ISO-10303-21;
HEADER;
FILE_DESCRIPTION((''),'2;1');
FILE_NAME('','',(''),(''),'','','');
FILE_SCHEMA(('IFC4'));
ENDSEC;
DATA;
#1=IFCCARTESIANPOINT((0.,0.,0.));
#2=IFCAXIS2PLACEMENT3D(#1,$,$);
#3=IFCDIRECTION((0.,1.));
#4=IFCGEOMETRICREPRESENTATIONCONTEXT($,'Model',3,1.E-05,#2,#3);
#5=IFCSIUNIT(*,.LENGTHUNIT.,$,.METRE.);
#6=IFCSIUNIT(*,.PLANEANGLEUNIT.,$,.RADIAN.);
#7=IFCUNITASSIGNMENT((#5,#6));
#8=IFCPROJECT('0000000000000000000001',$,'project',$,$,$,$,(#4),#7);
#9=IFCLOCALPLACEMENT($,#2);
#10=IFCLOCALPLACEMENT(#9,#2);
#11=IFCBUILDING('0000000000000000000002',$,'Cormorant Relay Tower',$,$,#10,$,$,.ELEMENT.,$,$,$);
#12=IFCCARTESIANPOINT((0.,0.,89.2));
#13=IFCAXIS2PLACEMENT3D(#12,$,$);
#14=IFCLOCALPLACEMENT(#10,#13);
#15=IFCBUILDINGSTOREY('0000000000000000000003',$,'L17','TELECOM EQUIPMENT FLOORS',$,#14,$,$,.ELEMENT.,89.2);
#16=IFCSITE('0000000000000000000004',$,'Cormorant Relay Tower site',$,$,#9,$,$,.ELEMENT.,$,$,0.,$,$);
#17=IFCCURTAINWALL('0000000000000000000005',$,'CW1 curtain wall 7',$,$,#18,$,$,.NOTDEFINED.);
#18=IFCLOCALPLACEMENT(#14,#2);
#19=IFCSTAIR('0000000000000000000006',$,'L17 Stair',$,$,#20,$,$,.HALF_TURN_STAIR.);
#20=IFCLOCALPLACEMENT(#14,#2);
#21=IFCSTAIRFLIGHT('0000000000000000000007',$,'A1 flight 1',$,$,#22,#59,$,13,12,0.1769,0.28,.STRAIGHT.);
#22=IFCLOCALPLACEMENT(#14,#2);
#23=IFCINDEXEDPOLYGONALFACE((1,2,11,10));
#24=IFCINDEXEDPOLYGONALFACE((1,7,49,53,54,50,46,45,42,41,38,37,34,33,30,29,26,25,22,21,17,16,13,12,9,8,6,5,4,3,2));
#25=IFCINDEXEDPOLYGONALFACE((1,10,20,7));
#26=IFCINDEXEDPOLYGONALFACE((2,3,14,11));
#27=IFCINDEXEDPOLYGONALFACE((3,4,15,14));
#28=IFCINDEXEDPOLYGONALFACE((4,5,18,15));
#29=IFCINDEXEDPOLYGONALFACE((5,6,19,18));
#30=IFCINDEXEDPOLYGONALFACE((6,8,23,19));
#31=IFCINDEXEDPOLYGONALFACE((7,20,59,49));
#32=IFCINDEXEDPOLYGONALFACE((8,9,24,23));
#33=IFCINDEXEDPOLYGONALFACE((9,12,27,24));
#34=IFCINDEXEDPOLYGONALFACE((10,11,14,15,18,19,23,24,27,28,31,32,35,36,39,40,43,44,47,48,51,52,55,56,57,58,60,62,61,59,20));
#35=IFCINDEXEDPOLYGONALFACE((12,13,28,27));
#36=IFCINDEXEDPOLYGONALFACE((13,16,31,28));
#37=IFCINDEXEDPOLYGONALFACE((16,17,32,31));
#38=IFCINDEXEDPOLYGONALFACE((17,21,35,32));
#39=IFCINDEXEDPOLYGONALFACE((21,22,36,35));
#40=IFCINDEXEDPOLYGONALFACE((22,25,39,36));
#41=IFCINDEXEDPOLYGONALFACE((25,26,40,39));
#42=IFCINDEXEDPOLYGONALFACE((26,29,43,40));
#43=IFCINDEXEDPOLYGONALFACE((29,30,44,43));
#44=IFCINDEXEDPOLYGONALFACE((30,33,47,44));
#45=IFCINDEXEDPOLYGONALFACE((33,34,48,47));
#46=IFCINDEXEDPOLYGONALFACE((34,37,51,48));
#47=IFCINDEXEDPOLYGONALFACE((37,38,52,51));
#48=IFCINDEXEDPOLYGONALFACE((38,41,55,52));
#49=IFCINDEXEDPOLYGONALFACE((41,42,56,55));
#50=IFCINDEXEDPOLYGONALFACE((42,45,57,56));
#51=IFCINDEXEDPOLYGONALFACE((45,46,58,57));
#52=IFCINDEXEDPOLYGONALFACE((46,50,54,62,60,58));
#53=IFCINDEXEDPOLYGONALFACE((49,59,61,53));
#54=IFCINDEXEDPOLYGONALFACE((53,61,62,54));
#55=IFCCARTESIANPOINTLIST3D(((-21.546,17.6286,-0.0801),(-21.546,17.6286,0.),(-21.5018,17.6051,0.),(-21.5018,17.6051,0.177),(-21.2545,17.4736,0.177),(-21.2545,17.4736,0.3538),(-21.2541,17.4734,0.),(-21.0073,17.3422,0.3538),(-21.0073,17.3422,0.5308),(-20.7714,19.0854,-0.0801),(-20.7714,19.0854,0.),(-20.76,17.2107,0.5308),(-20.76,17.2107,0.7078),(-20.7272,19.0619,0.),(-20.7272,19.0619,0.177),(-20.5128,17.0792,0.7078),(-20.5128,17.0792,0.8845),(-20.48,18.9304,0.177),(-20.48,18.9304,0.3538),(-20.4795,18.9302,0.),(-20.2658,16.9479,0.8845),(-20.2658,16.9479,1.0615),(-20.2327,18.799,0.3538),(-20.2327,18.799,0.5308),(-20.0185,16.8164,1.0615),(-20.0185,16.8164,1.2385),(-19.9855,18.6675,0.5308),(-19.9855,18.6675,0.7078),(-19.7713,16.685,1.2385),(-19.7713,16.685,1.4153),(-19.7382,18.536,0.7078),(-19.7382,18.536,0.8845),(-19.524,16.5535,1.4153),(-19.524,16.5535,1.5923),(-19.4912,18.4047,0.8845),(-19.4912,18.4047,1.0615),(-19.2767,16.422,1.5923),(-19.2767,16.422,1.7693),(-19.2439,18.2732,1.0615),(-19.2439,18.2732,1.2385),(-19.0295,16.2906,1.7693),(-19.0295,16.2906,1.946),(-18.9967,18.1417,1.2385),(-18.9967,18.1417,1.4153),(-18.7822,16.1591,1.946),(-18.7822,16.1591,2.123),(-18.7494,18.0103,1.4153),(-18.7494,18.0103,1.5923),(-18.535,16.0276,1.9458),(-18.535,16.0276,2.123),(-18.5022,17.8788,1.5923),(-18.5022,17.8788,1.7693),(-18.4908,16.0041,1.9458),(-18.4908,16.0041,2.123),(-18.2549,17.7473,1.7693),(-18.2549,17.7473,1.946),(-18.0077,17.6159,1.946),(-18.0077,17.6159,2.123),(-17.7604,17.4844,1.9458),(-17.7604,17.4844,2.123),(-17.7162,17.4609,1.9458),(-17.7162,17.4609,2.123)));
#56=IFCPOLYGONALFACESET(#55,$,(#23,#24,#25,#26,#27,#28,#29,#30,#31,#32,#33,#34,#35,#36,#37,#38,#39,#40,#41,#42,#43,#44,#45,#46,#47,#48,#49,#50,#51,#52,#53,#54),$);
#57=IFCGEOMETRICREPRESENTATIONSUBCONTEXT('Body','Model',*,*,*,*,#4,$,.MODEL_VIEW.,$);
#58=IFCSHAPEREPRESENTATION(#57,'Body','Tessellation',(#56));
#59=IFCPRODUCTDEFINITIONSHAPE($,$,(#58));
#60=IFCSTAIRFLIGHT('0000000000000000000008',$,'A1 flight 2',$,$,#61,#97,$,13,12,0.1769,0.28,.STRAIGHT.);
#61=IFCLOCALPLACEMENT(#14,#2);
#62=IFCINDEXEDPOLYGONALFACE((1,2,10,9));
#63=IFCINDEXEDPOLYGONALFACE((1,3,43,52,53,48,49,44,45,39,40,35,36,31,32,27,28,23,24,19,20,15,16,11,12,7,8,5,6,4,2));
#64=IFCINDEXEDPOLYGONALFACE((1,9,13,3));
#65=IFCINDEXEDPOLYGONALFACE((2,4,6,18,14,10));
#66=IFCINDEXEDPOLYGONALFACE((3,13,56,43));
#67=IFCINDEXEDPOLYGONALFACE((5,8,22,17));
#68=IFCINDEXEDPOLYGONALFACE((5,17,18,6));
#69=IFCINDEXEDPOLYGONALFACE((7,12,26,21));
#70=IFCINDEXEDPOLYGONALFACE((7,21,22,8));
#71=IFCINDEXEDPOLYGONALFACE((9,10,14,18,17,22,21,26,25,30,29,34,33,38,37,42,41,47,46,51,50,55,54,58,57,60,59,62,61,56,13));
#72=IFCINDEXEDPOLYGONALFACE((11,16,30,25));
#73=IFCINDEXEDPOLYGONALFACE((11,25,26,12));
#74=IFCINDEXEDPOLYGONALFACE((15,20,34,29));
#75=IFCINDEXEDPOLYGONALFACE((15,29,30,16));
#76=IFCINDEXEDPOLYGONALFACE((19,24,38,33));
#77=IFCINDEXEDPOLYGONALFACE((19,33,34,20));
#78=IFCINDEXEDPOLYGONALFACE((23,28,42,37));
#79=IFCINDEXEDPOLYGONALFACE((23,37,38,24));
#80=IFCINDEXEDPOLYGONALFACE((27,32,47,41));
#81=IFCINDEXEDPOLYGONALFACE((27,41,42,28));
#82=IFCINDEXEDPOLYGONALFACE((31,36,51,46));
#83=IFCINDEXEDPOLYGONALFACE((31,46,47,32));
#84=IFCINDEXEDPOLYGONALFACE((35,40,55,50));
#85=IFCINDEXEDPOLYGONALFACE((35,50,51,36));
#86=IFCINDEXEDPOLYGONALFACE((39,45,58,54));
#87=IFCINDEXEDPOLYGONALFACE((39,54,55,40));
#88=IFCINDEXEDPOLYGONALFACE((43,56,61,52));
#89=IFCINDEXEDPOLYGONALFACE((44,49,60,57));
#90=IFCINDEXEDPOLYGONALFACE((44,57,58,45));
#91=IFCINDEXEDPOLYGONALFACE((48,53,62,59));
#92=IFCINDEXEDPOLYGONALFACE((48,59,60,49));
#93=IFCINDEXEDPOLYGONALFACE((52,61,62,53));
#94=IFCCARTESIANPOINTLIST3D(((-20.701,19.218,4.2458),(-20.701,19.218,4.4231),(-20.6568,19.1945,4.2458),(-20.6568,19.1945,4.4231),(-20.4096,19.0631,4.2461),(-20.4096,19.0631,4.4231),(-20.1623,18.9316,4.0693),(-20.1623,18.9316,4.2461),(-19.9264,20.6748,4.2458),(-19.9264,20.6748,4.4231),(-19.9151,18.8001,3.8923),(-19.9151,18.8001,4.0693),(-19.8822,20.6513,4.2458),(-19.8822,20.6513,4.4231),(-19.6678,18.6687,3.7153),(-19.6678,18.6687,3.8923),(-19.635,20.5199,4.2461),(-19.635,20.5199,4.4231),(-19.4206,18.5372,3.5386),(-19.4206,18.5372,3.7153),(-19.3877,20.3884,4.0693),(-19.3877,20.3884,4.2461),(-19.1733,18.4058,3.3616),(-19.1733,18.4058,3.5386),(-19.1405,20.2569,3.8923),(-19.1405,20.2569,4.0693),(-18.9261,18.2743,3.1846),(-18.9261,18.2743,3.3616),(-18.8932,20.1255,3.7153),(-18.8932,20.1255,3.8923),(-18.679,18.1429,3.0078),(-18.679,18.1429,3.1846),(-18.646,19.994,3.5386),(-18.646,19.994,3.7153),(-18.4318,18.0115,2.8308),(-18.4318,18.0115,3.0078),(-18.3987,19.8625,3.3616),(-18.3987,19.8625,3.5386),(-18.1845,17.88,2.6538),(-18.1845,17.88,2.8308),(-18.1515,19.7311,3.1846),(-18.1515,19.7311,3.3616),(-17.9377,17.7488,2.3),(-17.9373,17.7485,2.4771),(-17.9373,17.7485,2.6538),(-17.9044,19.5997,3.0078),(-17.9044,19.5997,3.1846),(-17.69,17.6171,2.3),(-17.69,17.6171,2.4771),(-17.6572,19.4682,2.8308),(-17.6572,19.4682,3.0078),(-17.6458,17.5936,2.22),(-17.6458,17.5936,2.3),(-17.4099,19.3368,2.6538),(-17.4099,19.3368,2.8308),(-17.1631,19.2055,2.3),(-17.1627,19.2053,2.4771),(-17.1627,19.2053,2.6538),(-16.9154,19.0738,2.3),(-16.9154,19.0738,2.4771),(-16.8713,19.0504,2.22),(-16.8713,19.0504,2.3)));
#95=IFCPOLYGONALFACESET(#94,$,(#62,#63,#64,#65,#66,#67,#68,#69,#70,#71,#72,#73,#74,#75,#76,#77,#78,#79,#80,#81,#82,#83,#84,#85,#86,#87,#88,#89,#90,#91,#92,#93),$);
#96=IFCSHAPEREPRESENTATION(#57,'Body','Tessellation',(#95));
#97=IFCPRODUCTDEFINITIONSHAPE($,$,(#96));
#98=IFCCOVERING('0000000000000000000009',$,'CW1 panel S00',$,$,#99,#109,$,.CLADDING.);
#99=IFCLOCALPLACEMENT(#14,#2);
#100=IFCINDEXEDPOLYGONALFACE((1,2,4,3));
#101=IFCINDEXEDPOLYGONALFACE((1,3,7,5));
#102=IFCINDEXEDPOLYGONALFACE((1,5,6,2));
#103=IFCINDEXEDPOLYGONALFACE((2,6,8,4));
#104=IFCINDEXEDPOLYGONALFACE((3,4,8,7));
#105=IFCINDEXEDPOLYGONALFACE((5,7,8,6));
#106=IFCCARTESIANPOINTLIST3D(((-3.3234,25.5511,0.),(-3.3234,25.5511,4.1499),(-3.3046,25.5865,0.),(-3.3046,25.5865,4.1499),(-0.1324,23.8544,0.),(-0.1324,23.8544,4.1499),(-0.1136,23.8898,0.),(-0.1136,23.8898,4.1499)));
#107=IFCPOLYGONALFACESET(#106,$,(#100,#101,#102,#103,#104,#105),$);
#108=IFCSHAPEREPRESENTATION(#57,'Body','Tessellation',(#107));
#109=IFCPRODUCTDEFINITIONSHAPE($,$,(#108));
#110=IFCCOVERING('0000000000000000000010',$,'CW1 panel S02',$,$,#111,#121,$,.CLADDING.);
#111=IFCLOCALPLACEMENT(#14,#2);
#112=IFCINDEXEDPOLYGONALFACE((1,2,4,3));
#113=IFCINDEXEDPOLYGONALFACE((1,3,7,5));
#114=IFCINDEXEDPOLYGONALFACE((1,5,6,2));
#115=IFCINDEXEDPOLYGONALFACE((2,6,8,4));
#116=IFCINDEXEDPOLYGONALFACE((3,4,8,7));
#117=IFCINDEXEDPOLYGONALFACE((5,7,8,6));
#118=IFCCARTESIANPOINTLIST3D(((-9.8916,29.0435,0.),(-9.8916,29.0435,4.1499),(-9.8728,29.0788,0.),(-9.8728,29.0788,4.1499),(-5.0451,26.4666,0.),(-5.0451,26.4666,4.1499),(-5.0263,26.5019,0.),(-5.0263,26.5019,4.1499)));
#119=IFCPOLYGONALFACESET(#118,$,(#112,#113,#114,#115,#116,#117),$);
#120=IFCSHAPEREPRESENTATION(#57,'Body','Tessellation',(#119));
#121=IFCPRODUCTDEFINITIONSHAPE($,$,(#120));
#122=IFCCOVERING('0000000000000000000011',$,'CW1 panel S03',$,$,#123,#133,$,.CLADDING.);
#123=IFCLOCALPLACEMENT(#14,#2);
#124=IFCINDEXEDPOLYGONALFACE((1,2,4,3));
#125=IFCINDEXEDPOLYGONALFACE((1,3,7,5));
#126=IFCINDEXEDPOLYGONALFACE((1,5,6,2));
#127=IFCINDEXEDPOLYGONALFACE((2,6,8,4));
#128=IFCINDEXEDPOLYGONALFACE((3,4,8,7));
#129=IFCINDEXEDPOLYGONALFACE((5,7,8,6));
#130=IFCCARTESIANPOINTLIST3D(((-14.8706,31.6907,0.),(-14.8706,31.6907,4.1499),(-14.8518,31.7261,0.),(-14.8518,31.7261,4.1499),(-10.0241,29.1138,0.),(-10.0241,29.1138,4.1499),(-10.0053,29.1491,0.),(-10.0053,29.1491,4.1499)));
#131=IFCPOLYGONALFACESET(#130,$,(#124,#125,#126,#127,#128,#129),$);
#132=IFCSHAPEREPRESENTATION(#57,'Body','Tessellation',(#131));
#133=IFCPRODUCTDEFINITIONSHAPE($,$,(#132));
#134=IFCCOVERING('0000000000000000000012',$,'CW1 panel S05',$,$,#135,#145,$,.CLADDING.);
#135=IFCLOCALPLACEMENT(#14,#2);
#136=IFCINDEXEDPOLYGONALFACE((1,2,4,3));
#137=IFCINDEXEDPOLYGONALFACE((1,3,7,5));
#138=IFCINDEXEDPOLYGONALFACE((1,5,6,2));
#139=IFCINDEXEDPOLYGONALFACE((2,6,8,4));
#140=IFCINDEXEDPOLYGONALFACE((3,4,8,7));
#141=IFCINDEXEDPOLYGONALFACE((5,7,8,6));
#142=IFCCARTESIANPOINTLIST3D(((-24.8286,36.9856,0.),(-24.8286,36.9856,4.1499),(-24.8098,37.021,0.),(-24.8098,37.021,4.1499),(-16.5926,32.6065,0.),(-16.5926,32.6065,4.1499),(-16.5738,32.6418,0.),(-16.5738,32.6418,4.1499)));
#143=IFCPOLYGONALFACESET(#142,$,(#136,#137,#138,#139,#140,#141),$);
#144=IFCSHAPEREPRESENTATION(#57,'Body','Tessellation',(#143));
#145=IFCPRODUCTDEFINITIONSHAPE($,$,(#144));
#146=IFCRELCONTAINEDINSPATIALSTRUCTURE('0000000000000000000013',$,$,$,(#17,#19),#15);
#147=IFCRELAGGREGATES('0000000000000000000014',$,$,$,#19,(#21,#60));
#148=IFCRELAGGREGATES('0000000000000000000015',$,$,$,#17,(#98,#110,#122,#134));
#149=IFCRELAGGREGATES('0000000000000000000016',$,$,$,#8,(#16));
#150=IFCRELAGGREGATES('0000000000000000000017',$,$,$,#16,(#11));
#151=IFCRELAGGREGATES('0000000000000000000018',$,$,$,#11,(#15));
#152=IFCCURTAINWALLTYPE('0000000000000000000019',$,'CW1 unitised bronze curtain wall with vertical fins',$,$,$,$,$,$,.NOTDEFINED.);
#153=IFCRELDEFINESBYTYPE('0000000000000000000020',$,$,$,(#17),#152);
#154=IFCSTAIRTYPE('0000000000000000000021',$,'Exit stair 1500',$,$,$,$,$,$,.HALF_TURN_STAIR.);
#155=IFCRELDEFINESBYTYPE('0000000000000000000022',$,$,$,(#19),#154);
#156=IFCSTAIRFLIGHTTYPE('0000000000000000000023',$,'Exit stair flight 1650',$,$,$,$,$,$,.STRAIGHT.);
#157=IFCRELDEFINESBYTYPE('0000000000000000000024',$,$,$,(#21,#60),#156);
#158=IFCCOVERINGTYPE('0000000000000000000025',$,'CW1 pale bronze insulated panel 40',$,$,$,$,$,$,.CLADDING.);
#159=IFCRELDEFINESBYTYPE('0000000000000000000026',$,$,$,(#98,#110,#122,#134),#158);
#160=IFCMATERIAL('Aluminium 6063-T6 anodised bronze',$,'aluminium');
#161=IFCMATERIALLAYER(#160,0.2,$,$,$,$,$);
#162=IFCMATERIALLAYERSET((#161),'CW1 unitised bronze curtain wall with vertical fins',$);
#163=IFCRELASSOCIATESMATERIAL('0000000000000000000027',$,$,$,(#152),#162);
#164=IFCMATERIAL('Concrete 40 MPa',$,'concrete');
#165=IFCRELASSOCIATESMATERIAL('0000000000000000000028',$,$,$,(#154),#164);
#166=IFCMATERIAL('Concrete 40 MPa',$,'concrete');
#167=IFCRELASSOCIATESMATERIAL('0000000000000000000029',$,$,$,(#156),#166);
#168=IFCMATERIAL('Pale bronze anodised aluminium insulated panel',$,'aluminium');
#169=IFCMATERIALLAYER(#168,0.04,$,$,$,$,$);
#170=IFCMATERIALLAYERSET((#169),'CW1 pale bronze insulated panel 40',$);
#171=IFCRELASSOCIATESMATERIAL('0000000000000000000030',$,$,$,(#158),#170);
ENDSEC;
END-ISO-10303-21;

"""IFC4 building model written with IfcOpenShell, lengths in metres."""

from ifc_helpers import new_model, si_unit, direction, frame, origin, origin_2d, place, context, subcontext, project, spatial, polyline, rectangle, outline, extrude, material, layer, layer_set, type_object, element, aggregate, save


model = new_model("IFC4")

# Units and contexts
model_context = context("Model", 3, precision=1e-05, world=origin(), true_north=direction((0.0, 1.0)))
body_context = subcontext(model_context, "Body", "Model", "MODEL_VIEW")
ifc_project = project(units=[si_unit("LENGTHUNIT", "METRE"), si_unit("PLANEANGLEUNIT", "RADIAN")], contexts=[model_context])

# Site, building, storey
site_placement = place(None, origin())
site = spatial("IfcSite", under=ifc_project, at=site_placement, Name="Cormorant Relay Tower site", CompositionType="ELEMENT", RefElevation=0.0)
building_placement = place(site_placement, origin())
building = spatial("IfcBuilding", under=site, at=building_placement, Name="Cormorant Relay Tower", CompositionType="ELEMENT")
storey_placement = place(building_placement, frame((0.0, 0.0, 89.2)))
storey = spatial("IfcBuildingStorey", under=building, at=storey_placement, Name="L17", Description="TELECOM EQUIPMENT FLOORS", CompositionType="ELEMENT", Elevation=89.2)

# Curtain wall
ifc_material_1 = material(Name="Aluminium 6063-T6 anodised bronze", Category="aluminium")
ifc_layer_1 = layer(ifc_material_1, 0.2)
ifc_layer_set_1 = layer_set([ifc_layer_1], Name="CW1 unitised bronze curtain wall with vertical fins")
curtain_wall_type = type_object("IfcCurtainWallType", Name="CW1 unitised bronze curtain wall with vertical fins", PredefinedType="NOTDEFINED", material=ifc_layer_set_1)
curtain_wall_placement = place(storey_placement, origin())
curtain_wall = element("IfcCurtainWall", 1, at=curtain_wall_placement, inside=storey, type_object=curtain_wall_type, Name="CW1 curtain wall 7", PredefinedType="NOTDEFINED")

# Stair, stair flights
ifc_material_2 = material(Name="Concrete 40 MPa", Category="concrete")
stair_type = type_object("IfcStairType", Name="Exit stair 1500", PredefinedType="HALF_TURN_STAIR", material=ifc_material_2)
stair_placement = place(storey_placement, origin())
stair = element("IfcStair", 2, at=stair_placement, inside=storey, type_object=stair_type, Name="L17 Stair", PredefinedType="HALF_TURN_STAIR")
ifc_material_3 = material(Name="Concrete 40 MPa", Category="concrete")
stair_flight_type = type_object("IfcStairFlightType", Name="Exit stair flight 1650", PredefinedType="STRAIGHT", material=ifc_material_3)
stair_flight_1_placement = place(storey_placement, frame((-21.1145, 18.3335, 0.0), z_axis=(0.0, 0.0, 1.0), x_axis=(0.882948, -0.469472, 0.0)))
stair_flight_1 = element("IfcStairFlight", 3, at=stair_flight_1_placement, type_object=stair_flight_type, Name="A1 flight 1", NumberOfRisers=13, NumberOfTreads=12, PredefinedType="STRAIGHT", RiserHeight=0.1769, TreadLength=0.28, context=body_context, shape_type="SweptSolid", body=[
    extrude(outline(polyline([(-0.05, -0.0801), (-0.05, 0.0), (0.0, 0.0), (0.0, 0.177), (0.28, 0.177), (0.28, 0.3538), (0.5601, 0.3538), (0.5601, 0.5308), (0.8401, 0.5308), (0.8401, 0.7078), (1.1201, 0.7078), (1.1201, 0.8845), (1.3999, 0.8845), (1.3999, 1.0615), (1.6799, 1.0615), (1.6799, 1.2385), (1.96, 1.2385), (1.96, 1.4153), (2.24, 1.4153), (2.24, 1.5923), (2.52, 1.5923), (2.52, 1.7693), (2.8, 1.7693), (2.8, 1.946), (3.0801, 1.946), (3.0801, 2.123), (3.3601, 2.123), (3.4102, 2.123), (3.4102, 1.9458), (3.3601, 1.9458), (0.2805, 0.0), (-0.05, -0.0801)])), frame((0.0, 0.825, 0.0), z_axis=(0.0, -1.0, 0.0), x_axis=(1.0, 0.0, 0.0)), (0.0, 0.0, 1.0), 1.6499),
])
stair_flight_2_placement = place(storey_placement, frame((-17.3027, 18.3455, 2.3), z_axis=(0.0, 0.0, 1.0), x_axis=(-0.882948, 0.469472, 0.0)))
stair_flight_2 = element("IfcStairFlight", 4, at=stair_flight_2_placement, type_object=stair_flight_type, Name="A1 flight 2", NumberOfRisers=13, NumberOfTreads=12, PredefinedType="STRAIGHT", RiserHeight=0.1769, TreadLength=0.28, context=body_context, shape_type="SweptSolid", body=[
    extrude(outline(polyline([(-0.05, -0.0801), (-0.05, 0.0), (0.0, 0.0), (0.0, 0.177), (0.28, 0.177), (0.28, 0.3538), (0.5601, 0.3538), (0.5601, 0.5308), (0.8401, 0.5308), (0.8401, 0.7078), (1.1201, 0.7078), (1.1201, 0.8845), (1.3999, 0.8845), (1.3999, 1.0615), (1.6799, 1.0615), (1.6799, 1.2385), (1.96, 1.2385), (1.96, 1.4153), (2.24, 1.4153), (2.24, 1.5923), (2.52, 1.5923), (2.52, 1.7693), (2.8, 1.7693), (2.8, 1.946), (3.0801, 1.946), (3.0801, 2.123), (3.3601, 2.123), (3.4102, 2.123), (3.4102, 1.9458), (3.3601, 1.9458), (0.2805, 0.0), (-0.05, -0.0801)])), frame((0.0, 0.825, 0.0), z_axis=(0.0, -1.0, 0.0), x_axis=(1.0, 0.0, 0.0)), (0.0, 0.0, 1.0), 1.6499),
])
aggregate(stair, [stair_flight_1, stair_flight_2])

# Coverings
ifc_material_4 = material(Name="Pale bronze anodised aluminium insulated panel", Category="aluminium")
ifc_layer_2 = layer(ifc_material_4, 0.04)
ifc_layer_set_2 = layer_set([ifc_layer_2], Name="CW1 pale bronze insulated panel 40")
covering_type = type_object("IfcCoveringType", Name="CW1 pale bronze insulated panel 40", PredefinedType="CLADDING", material=ifc_layer_set_2)
covering_1_placement = place(storey_placement, frame((-1.7185, 24.7205, 0.0), z_axis=(0.0, 0.0, 1.0), x_axis=(-0.882948, 0.469472, 0.0)))
covering_1 = element("IfcCovering", 5, at=covering_1_placement, type_object=covering_type, Name="CW1 panel S00", PredefinedType="CLADDING", context=body_context, shape_type="SweptSolid", body=[
    extrude(rectangle(XDim=3.614, YDim=0.04, at=origin_2d()), origin(), (0.0, 0.0, 1.0), 4.1499),
])
covering_2_placement = place(storey_placement, frame((-7.459, 27.7727, 0.0), z_axis=(0.0, 0.0, 1.0), x_axis=(-0.882948, 0.469472, 0.0)))
covering_2 = element("IfcCovering", 6, at=covering_2_placement, type_object=covering_type, Name="CW1 panel S02", PredefinedType="CLADDING", context=body_context, shape_type="SweptSolid", body=[
    extrude(rectangle(XDim=5.489, YDim=0.04, at=origin_2d()), origin(), (0.0, 0.0, 1.0), 4.1499),
])
covering_3_placement = place(storey_placement, frame((-12.438, 30.4199, 0.0), z_axis=(0.0, 0.0, 1.0), x_axis=(-0.882948, 0.469472, 0.0)))
covering_3 = element("IfcCovering", 7, at=covering_3_placement, type_object=covering_type, Name="CW1 panel S03", PredefinedType="CLADDING", context=body_context, shape_type="SweptSolid", body=[
    extrude(rectangle(XDim=5.489, YDim=0.04, at=origin_2d()), origin(), (0.0, 0.0, 1.0), 4.1499),
])
covering_4_placement = place(storey_placement, frame((-20.7012, 34.8137, 0.0), z_axis=(0.0, 0.0, 1.0), x_axis=(-0.882948, 0.469472, 0.0)))
covering_4 = element("IfcCovering", 8, at=covering_4_placement, type_object=covering_type, Name="CW1 panel S05", PredefinedType="CLADDING", context=body_context, shape_type="SweptSolid", body=[
    extrude(rectangle(XDim=9.3279, YDim=0.04, at=origin_2d()), origin(), (0.0, 0.0, 1.0), 4.1499),
])
aggregate(curtain_wall, [covering_1, covering_2, covering_3, covering_4])

save(model, "model.ifc")
